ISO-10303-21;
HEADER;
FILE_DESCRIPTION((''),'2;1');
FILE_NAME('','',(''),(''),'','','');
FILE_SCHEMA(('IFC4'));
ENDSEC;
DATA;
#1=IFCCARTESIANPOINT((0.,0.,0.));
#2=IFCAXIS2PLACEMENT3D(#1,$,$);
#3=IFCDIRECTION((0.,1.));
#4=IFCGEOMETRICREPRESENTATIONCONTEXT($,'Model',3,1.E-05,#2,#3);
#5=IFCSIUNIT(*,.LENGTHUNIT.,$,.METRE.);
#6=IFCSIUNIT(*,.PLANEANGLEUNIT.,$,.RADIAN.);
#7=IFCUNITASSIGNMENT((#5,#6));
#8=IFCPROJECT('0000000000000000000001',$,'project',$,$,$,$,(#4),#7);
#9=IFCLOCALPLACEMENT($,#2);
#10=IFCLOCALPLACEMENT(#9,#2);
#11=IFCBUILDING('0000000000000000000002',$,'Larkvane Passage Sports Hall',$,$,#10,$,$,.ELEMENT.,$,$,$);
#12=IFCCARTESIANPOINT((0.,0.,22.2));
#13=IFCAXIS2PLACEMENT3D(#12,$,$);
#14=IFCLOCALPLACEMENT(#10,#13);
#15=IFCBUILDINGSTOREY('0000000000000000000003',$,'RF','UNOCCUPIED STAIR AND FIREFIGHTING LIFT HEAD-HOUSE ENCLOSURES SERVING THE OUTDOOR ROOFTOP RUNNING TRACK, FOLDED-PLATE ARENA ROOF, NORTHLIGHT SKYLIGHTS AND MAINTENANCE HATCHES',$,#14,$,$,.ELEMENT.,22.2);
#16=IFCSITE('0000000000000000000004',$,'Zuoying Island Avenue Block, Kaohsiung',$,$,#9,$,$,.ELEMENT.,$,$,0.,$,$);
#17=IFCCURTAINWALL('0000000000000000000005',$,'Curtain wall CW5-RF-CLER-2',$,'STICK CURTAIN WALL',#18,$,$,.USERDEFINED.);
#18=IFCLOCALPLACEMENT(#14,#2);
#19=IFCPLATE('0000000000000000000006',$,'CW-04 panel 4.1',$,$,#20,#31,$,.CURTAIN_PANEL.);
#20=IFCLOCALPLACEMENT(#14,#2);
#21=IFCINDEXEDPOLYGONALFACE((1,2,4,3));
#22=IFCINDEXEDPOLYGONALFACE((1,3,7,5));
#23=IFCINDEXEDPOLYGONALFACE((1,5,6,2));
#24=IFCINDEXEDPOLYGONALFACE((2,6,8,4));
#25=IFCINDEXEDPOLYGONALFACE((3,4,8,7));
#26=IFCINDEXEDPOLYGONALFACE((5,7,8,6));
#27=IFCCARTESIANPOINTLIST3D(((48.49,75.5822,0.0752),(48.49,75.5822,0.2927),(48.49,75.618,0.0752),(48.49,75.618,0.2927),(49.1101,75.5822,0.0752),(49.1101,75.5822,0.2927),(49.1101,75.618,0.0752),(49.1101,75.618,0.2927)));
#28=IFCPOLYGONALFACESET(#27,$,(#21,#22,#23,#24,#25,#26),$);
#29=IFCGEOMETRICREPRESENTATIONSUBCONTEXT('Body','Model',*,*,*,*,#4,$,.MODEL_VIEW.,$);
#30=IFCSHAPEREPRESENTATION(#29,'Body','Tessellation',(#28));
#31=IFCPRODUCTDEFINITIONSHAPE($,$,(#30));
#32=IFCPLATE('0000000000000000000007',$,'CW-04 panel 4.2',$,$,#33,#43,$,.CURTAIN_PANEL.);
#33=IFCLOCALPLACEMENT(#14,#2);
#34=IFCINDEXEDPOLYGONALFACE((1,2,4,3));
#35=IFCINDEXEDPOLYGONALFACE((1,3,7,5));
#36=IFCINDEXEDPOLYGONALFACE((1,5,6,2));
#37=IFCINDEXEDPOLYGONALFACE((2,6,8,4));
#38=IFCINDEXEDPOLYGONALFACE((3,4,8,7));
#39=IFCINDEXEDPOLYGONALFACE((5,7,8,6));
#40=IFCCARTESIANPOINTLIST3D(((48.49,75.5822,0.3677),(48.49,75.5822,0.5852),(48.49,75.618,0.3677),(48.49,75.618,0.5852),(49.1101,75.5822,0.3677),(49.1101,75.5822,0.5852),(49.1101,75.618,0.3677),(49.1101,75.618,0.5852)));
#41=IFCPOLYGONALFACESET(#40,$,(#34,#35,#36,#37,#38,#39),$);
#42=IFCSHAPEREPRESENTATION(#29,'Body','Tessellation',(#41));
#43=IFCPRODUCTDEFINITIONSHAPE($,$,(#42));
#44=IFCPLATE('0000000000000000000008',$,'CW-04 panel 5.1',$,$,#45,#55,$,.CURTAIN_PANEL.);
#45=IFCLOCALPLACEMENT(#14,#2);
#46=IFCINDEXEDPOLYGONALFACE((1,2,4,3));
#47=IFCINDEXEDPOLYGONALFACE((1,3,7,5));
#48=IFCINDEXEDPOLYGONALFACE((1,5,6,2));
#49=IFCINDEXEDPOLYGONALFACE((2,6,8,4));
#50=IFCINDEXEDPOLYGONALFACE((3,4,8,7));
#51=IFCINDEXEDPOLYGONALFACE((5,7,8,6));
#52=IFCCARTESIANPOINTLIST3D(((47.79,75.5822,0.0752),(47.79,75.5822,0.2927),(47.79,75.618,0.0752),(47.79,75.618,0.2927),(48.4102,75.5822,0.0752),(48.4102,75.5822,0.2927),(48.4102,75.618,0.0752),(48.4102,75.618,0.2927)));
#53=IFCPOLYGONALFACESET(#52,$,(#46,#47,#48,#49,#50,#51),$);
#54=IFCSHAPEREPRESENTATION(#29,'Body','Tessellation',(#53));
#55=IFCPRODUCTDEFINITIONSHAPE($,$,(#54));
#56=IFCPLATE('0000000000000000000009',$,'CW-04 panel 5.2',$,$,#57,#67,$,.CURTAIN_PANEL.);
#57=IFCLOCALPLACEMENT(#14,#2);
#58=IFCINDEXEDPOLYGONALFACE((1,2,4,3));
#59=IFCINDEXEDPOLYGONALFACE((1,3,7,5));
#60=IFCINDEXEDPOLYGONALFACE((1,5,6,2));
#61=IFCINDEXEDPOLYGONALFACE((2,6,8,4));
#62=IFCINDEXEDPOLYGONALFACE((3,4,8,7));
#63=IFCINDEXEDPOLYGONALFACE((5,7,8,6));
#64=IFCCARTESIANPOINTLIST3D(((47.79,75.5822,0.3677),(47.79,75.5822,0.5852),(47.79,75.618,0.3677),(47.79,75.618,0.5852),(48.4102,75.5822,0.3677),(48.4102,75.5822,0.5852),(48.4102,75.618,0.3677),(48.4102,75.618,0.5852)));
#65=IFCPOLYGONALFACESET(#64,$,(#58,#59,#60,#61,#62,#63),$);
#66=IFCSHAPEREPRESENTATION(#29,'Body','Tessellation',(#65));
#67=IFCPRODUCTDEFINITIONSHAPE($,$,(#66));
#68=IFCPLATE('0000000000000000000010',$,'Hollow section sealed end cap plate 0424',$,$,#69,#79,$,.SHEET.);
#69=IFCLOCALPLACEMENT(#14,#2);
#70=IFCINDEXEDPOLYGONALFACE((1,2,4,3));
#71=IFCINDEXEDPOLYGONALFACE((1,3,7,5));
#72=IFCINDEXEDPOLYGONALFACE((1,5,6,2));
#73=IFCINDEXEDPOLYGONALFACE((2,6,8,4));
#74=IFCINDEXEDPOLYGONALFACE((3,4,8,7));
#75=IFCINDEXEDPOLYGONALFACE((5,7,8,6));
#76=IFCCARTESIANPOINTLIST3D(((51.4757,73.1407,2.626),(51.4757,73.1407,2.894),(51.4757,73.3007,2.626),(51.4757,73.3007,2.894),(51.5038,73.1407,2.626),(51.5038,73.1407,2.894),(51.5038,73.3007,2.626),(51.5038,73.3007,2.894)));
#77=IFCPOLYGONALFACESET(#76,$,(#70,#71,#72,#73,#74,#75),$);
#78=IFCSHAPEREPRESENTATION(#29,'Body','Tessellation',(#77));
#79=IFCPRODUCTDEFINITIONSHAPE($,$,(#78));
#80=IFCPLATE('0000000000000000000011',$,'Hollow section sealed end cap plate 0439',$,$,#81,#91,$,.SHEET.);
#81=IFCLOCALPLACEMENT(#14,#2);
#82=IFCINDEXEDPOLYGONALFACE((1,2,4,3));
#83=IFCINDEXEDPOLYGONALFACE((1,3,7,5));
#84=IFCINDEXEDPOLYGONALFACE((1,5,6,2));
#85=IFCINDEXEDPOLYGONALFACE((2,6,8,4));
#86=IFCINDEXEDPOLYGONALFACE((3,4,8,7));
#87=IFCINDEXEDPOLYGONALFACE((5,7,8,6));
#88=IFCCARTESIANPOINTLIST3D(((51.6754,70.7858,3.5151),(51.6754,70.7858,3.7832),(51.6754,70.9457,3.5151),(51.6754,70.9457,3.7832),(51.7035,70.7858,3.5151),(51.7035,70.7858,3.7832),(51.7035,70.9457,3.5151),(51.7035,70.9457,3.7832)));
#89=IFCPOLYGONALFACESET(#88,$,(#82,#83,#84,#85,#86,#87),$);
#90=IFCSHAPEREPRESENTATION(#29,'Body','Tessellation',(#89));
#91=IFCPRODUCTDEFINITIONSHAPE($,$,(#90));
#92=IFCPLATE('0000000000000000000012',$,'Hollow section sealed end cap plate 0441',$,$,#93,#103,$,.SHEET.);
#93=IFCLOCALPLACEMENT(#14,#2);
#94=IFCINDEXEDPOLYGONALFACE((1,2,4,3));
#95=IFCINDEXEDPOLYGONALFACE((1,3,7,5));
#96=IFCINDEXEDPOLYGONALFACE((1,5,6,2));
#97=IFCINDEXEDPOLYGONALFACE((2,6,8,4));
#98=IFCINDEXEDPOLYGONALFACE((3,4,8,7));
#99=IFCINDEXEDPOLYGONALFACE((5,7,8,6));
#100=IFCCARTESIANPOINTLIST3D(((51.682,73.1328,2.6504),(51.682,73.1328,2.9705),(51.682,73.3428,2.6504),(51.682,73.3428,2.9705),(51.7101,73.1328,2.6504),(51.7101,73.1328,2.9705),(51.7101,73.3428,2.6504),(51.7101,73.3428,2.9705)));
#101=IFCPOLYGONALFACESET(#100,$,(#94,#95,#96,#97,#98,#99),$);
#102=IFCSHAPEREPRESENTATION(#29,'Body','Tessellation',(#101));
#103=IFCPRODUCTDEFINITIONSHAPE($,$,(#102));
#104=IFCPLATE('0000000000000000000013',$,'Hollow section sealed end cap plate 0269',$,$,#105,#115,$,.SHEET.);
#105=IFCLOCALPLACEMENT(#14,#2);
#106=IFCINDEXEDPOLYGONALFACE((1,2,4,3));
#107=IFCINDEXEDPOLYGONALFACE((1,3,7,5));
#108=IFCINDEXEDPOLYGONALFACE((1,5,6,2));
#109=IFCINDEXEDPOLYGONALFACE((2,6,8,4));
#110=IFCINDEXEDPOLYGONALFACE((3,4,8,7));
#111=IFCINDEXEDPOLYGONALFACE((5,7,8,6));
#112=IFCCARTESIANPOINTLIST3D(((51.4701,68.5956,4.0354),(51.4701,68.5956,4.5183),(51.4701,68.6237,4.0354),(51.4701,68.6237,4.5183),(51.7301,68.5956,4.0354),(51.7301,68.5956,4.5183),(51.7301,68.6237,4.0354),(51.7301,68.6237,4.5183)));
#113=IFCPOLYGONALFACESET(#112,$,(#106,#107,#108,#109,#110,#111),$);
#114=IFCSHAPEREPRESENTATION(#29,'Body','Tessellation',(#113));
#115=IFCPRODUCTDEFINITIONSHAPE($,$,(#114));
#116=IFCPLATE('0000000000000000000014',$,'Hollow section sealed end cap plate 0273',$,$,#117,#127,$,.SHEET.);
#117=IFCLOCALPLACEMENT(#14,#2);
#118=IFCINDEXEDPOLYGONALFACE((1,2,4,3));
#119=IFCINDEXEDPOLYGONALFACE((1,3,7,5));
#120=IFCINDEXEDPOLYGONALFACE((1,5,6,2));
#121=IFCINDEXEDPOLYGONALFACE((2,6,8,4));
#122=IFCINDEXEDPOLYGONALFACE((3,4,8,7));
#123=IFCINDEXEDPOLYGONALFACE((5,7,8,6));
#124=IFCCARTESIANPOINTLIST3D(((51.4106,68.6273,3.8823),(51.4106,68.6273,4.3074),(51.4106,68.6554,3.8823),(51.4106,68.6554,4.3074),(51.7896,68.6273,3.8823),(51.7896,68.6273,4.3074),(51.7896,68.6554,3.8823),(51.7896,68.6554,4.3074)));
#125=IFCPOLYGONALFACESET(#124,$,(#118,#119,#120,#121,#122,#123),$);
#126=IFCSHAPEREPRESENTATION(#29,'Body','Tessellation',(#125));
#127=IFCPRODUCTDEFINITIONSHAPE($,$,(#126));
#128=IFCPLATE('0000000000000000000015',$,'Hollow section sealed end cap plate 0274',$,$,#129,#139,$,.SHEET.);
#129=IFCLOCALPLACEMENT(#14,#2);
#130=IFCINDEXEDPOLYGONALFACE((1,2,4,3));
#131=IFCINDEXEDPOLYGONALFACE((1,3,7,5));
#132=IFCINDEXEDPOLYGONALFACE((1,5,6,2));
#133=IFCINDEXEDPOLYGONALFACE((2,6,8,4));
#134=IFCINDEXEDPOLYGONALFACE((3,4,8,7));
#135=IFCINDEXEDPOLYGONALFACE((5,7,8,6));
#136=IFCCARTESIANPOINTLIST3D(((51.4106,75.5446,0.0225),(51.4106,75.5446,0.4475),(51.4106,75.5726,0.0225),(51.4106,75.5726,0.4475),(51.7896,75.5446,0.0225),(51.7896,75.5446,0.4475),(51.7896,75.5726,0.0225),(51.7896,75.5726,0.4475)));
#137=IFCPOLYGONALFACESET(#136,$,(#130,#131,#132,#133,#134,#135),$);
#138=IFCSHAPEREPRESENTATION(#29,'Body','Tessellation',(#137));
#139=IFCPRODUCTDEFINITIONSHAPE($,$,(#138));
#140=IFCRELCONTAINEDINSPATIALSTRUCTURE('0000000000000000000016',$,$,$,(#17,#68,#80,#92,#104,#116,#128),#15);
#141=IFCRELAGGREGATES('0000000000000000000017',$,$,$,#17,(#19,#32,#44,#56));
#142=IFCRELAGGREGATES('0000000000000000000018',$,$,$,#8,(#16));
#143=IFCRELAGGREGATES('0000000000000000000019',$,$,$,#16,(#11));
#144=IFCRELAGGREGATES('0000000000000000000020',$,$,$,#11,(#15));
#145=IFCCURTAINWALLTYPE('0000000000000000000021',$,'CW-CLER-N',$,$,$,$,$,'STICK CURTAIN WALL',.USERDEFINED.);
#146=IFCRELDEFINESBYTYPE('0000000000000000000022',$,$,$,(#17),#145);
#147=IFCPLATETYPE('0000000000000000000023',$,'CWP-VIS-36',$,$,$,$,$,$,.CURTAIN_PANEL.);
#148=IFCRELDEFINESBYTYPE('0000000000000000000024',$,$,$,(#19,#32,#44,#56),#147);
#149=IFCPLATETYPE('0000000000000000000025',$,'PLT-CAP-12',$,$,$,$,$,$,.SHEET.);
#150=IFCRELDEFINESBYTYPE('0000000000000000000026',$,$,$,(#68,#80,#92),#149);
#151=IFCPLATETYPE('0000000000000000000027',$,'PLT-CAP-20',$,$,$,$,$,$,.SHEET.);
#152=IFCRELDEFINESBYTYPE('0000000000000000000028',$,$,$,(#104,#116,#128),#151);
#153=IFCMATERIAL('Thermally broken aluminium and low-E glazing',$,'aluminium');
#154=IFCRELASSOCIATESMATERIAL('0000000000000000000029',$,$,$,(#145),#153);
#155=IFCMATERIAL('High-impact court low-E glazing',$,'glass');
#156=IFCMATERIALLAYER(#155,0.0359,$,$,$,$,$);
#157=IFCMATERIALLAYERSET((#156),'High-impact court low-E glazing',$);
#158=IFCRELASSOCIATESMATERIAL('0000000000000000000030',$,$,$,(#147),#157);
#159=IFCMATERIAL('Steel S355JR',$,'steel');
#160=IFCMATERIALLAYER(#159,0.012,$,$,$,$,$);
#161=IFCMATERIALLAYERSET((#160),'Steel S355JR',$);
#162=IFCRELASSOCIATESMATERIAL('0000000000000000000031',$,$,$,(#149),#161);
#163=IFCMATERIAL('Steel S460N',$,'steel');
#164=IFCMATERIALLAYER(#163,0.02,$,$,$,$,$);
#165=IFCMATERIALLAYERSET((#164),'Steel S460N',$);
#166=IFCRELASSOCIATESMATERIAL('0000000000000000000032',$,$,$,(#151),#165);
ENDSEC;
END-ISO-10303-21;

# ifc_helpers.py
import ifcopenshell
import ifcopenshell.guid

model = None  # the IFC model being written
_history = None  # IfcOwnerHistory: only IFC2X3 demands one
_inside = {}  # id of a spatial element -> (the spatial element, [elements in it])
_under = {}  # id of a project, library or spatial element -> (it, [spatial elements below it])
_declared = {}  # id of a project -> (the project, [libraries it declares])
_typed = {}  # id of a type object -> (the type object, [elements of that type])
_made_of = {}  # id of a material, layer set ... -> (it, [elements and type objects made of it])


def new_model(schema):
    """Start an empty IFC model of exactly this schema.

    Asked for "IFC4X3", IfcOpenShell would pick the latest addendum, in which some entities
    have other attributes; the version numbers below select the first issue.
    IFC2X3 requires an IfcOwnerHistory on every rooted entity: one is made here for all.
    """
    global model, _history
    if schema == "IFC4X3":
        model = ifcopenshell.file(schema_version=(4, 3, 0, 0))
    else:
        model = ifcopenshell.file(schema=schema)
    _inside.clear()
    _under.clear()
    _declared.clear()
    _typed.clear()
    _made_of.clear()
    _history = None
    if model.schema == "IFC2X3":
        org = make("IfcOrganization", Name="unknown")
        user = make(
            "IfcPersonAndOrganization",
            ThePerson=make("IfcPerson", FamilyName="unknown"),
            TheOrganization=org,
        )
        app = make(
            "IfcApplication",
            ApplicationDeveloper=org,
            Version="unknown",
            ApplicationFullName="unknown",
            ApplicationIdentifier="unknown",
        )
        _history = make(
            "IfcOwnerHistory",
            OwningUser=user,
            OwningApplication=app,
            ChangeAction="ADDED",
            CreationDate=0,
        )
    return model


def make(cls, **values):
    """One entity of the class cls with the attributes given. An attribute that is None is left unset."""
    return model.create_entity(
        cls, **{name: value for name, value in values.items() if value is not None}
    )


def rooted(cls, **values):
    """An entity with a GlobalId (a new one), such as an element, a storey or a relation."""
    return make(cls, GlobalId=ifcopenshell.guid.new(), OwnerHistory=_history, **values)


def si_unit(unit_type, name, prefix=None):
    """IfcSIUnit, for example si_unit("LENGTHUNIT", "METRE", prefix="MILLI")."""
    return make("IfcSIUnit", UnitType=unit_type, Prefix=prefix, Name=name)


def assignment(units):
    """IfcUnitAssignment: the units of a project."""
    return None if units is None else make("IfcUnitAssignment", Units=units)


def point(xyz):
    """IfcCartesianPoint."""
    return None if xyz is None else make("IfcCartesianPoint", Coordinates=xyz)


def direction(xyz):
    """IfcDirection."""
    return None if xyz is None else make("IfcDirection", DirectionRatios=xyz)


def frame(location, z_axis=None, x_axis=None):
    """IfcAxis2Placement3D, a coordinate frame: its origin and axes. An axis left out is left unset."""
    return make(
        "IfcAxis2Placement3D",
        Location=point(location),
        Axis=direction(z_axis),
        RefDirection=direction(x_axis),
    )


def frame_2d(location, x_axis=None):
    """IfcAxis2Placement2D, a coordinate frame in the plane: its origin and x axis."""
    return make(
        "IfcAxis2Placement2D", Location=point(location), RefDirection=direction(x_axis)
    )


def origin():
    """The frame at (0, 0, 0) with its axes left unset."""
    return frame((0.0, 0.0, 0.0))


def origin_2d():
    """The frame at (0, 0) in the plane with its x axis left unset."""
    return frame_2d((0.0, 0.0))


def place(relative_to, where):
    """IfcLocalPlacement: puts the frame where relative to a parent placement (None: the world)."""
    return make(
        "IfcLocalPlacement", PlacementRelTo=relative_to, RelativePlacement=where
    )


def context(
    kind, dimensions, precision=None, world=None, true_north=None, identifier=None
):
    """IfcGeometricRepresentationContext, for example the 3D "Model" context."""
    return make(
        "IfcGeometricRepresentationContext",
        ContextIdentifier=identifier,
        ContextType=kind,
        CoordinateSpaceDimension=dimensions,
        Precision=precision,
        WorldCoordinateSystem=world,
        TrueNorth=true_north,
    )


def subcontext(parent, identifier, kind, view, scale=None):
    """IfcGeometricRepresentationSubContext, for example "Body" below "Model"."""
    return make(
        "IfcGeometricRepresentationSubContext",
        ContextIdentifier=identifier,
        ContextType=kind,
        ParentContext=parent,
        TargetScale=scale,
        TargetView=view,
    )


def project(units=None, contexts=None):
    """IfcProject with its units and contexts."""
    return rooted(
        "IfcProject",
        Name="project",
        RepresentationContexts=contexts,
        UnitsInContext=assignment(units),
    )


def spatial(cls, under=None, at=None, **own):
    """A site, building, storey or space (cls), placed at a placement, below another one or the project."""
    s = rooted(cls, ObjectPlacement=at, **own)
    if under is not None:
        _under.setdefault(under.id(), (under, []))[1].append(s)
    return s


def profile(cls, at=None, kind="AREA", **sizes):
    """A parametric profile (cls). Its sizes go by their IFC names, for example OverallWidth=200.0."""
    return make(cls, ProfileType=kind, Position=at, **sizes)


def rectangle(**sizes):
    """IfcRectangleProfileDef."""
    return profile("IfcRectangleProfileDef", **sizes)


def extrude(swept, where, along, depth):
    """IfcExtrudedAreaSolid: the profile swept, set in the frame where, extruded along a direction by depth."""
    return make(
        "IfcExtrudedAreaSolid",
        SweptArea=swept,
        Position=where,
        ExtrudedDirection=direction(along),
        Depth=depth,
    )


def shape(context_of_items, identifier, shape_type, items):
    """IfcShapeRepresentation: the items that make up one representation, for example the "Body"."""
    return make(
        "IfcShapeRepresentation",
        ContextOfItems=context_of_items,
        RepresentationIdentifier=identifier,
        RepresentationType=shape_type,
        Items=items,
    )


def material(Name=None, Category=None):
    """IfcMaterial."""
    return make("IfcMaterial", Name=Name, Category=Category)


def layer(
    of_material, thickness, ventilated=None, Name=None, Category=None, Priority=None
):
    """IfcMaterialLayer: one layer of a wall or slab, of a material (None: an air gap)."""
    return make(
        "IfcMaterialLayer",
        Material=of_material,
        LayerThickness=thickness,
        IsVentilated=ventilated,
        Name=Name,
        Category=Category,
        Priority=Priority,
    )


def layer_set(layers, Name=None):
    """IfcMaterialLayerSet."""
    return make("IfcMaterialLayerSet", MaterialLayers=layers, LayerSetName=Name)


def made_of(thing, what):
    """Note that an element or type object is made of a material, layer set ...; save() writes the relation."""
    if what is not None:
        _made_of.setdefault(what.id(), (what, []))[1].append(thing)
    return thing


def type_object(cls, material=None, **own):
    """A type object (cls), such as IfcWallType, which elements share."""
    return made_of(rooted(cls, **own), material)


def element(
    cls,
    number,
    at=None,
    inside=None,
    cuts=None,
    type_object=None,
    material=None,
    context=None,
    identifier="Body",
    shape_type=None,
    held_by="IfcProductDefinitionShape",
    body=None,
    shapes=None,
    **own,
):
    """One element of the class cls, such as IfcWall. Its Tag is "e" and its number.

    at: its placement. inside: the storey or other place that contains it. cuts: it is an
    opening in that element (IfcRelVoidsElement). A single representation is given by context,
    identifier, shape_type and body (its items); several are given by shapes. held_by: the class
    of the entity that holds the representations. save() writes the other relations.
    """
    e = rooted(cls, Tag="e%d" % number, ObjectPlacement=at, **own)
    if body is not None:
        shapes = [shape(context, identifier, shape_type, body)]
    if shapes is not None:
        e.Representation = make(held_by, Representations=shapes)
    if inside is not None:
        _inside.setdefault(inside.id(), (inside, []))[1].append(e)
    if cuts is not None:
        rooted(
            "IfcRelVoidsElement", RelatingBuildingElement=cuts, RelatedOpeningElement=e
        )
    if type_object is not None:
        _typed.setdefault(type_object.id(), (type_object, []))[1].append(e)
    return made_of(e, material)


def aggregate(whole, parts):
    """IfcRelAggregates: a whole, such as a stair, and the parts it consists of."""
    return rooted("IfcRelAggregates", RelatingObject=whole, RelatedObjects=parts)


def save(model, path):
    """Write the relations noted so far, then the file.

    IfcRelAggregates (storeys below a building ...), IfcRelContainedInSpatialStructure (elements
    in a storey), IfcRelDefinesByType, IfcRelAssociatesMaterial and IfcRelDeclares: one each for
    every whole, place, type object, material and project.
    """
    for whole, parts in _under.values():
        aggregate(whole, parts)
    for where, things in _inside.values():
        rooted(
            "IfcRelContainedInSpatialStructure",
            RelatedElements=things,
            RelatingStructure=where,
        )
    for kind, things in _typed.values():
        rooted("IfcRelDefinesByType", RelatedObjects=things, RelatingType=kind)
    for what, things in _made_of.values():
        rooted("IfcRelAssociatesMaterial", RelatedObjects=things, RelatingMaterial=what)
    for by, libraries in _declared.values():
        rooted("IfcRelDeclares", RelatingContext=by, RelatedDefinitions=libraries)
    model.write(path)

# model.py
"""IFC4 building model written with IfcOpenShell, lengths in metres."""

from ifc_helpers import new_model, si_unit, direction, frame, origin, origin_2d, place, context, subcontext, project, spatial, rectangle, extrude, material, layer, layer_set, type_object, element, aggregate, save


model = new_model("IFC4")

# Units and contexts
model_context = context("Model", 3, precision=1e-05, world=origin(), true_north=direction((0.0, 1.0)))
body_context = subcontext(model_context, "Body", "Model", "MODEL_VIEW")
ifc_project = project(units=[si_unit("LENGTHUNIT", "METRE"), si_unit("PLANEANGLEUNIT", "RADIAN")], contexts=[model_context])

# Site, building, storey
site_placement = place(None, origin())
site = spatial("IfcSite", under=ifc_project, at=site_placement, Name="Zuoying Island Avenue Block, Kaohsiung", CompositionType="ELEMENT", RefElevation=0.0)
building_placement = place(site_placement, origin())
building = spatial("IfcBuilding", under=site, at=building_placement, Name="Larkvane Passage Sports Hall", CompositionType="ELEMENT")
storey_placement = place(building_placement, frame((0.0, 0.0, 22.2)))
storey = spatial("IfcBuildingStorey", under=building, at=storey_placement, Name="RF", Description="UNOCCUPIED STAIR AND FIREFIGHTING LIFT HEAD-HOUSE ENCLOSURES SERVING THE OUTDOOR ROOFTOP RUNNING TRACK, FOLDED-PLATE ARENA ROOF, NORTHLIGHT SKYLIGHTS AND MAINTENANCE HATCHES", CompositionType="ELEMENT", Elevation=22.2)

# Curtain wall
ifc_material_1 = material(Name="Thermally broken aluminium and low-E glazing", Category="aluminium")
curtain_wall_type = type_object("IfcCurtainWallType", Name="CW-CLER-N", ElementType="STICK CURTAIN WALL", PredefinedType="USERDEFINED", material=ifc_material_1)
curtain_wall_placement = place(storey_placement, origin())
curtain_wall = element("IfcCurtainWall", 1, at=curtain_wall_placement, inside=storey, type_object=curtain_wall_type, Name="Curtain wall CW5-RF-CLER-2", ObjectType="STICK CURTAIN WALL", PredefinedType="USERDEFINED")

# Shared definitions
ifc_material_2 = material(Name="Steel S460N", Category="steel")
ifc_material_3 = material(Name="Steel S355JR", Category="steel")

# Plates
ifc_material_4 = material(Name="High-impact court low-E glazing", Category="glass")
ifc_layer_1 = layer(ifc_material_4, 0.0359)
ifc_layer_set_1 = layer_set([ifc_layer_1], Name="High-impact court low-E glazing")
plate_type_1 = type_object("IfcPlateType", Name="CWP-VIS-36", PredefinedType="CURTAIN_PANEL", material=ifc_layer_set_1)
plate_1_placement = place(storey_placement, frame((48.8, 75.6001, 0.0752), z_axis=(0.0, 0.0, 1.0), x_axis=(-1.0, 0.0, 0.0)))
plate_1 = element("IfcPlate", 2, at=plate_1_placement, type_object=plate_type_1, Name="CW-04 panel 4.1", PredefinedType="CURTAIN_PANEL", context=body_context, shape_type="SweptSolid", body=[
    extrude(rectangle(XDim=0.6201, YDim=0.0359, at=origin_2d()), origin(), (0.0, 0.0, 1.0), 0.2175),
])
plate_2_placement = place(storey_placement, frame((48.8, 75.6001, 0.3677), z_axis=(0.0, 0.0, 1.0), x_axis=(-1.0, 0.0, 0.0)))
plate_2 = element("IfcPlate", 3, at=plate_2_placement, type_object=plate_type_1, Name="CW-04 panel 4.2", PredefinedType="CURTAIN_PANEL", context=body_context, shape_type="SweptSolid", body=[
    extrude(rectangle(XDim=0.6201, YDim=0.0359, at=origin_2d()), origin(), (0.0, 0.0, 1.0), 0.2175),
])
plate_3_placement = place(storey_placement, frame((48.1001, 75.6001, 0.0752), z_axis=(0.0, 0.0, 1.0), x_axis=(-1.0, 0.0, 0.0)))
plate_3 = element("IfcPlate", 4, at=plate_3_placement, type_object=plate_type_1, Name="CW-04 panel 5.1", PredefinedType="CURTAIN_PANEL", context=body_context, shape_type="SweptSolid", body=[
    extrude(rectangle(XDim=0.6201, YDim=0.0359, at=origin_2d()), origin(), (0.0, 0.0, 1.0), 0.2175),
])
plate_4_placement = place(storey_placement, frame((48.1001, 75.6001, 0.3677), z_axis=(0.0, 0.0, 1.0), x_axis=(-1.0, 0.0, 0.0)))
plate_4 = element("IfcPlate", 5, at=plate_4_placement, type_object=plate_type_1, Name="CW-04 panel 5.2", PredefinedType="CURTAIN_PANEL", context=body_context, shape_type="SweptSolid", body=[
    extrude(rectangle(XDim=0.6201, YDim=0.0359, at=origin_2d()), origin(), (0.0, 0.0, 1.0), 0.2175),
])
aggregate(curtain_wall, [plate_1, plate_2, plate_3, plate_4])

# Plates
ifc_layer_2 = layer(ifc_material_3, 0.012)
ifc_layer_set_2 = layer_set([ifc_layer_2], Name="Steel S355JR")
plate_type_2 = type_object("IfcPlateType", Name="PLT-CAP-12", PredefinedType="SHEET", material=ifc_layer_set_2)
for number, where, z_axis, x_axis, name in (
    (6, (51.4897, 73.2207, 2.626), (0.0, 0.0, 1.0), (0.0, 1.0, 0.0), "Hollow section sealed end cap plate 0424"),
    (7, (51.6895, 70.8657, 3.5151), (0.0, 0.0, 1.0), (0.0, 1.0, 0.0), "Hollow section sealed end cap plate 0439"),
):
    element("IfcPlate", number, at=place(storey_placement, frame(where, z_axis=z_axis, x_axis=x_axis)), inside=storey, type_object=plate_type_2, Name=name, PredefinedType="SHEET", context=body_context, shape_type="SweptSolid", body=[
        extrude(rectangle(XDim=0.1599, YDim=0.0281, at=origin_2d()), origin(), (0.0, 0.0, 1.0), 0.2681),
    ])
plate_5_placement = place(storey_placement, frame((51.696, 73.2378, 2.6504), z_axis=(0.0, 0.0, 1.0), x_axis=(0.0, 1.0, 0.0)))
element("IfcPlate", 8, at=plate_5_placement, inside=storey, type_object=plate_type_2, Name="Hollow section sealed end cap plate 0441", PredefinedType="SHEET", context=body_context, shape_type="SweptSolid", body=[
    extrude(rectangle(XDim=0.21, YDim=0.0281, at=origin_2d()), origin(), (0.0, 0.0, 1.0), 0.3201),
])
ifc_layer_3 = layer(ifc_material_2, 0.02)
ifc_layer_set_3 = layer_set([ifc_layer_3], Name="Steel S460N")
plate_type_3 = type_object("IfcPlateType", Name="PLT-CAP-20", PredefinedType="SHEET", material=ifc_layer_set_3)
plate_6_placement = place(storey_placement, frame((51.6001, 68.6096, 4.0354), z_axis=(0.0, 0.0, 1.0), x_axis=(-1.0, 0.0, 0.0)))
element("IfcPlate", 9, at=plate_6_placement, inside=storey, type_object=plate_type_3, Name="Hollow section sealed end cap plate 0269", PredefinedType="SHEET", context=body_context, shape_type="SweptSolid", body=[
    extrude(rectangle(XDim=0.26, YDim=0.0281, at=origin_2d()), origin(), (0.0, 0.0, 1.0), 0.4829),
])
for number, where, z_axis, x_axis, name in (
    (10, (51.6001, 68.6414, 3.8823), (0.0, 0.0, 1.0), (-1.0, 0.0, 0.0), "Hollow section sealed end cap plate 0273"),
    (11, (51.6001, 75.5586, 0.0225), (0.0, 0.0, 1.0), (-1.0, 0.0, 0.0), "Hollow section sealed end cap plate 0274"),
):
    element("IfcPlate", number, at=place(storey_placement, frame(where, z_axis=z_axis, x_axis=x_axis)), inside=storey, type_object=plate_type_3, Name=name, PredefinedType="SHEET", context=body_context, shape_type="SweptSolid", body=[
        extrude(rectangle(XDim=0.3789, YDim=0.0281, at=origin_2d()), origin(), (0.0, 0.0, 1.0), 0.425),
    ])

save(model, "model.ifc")
